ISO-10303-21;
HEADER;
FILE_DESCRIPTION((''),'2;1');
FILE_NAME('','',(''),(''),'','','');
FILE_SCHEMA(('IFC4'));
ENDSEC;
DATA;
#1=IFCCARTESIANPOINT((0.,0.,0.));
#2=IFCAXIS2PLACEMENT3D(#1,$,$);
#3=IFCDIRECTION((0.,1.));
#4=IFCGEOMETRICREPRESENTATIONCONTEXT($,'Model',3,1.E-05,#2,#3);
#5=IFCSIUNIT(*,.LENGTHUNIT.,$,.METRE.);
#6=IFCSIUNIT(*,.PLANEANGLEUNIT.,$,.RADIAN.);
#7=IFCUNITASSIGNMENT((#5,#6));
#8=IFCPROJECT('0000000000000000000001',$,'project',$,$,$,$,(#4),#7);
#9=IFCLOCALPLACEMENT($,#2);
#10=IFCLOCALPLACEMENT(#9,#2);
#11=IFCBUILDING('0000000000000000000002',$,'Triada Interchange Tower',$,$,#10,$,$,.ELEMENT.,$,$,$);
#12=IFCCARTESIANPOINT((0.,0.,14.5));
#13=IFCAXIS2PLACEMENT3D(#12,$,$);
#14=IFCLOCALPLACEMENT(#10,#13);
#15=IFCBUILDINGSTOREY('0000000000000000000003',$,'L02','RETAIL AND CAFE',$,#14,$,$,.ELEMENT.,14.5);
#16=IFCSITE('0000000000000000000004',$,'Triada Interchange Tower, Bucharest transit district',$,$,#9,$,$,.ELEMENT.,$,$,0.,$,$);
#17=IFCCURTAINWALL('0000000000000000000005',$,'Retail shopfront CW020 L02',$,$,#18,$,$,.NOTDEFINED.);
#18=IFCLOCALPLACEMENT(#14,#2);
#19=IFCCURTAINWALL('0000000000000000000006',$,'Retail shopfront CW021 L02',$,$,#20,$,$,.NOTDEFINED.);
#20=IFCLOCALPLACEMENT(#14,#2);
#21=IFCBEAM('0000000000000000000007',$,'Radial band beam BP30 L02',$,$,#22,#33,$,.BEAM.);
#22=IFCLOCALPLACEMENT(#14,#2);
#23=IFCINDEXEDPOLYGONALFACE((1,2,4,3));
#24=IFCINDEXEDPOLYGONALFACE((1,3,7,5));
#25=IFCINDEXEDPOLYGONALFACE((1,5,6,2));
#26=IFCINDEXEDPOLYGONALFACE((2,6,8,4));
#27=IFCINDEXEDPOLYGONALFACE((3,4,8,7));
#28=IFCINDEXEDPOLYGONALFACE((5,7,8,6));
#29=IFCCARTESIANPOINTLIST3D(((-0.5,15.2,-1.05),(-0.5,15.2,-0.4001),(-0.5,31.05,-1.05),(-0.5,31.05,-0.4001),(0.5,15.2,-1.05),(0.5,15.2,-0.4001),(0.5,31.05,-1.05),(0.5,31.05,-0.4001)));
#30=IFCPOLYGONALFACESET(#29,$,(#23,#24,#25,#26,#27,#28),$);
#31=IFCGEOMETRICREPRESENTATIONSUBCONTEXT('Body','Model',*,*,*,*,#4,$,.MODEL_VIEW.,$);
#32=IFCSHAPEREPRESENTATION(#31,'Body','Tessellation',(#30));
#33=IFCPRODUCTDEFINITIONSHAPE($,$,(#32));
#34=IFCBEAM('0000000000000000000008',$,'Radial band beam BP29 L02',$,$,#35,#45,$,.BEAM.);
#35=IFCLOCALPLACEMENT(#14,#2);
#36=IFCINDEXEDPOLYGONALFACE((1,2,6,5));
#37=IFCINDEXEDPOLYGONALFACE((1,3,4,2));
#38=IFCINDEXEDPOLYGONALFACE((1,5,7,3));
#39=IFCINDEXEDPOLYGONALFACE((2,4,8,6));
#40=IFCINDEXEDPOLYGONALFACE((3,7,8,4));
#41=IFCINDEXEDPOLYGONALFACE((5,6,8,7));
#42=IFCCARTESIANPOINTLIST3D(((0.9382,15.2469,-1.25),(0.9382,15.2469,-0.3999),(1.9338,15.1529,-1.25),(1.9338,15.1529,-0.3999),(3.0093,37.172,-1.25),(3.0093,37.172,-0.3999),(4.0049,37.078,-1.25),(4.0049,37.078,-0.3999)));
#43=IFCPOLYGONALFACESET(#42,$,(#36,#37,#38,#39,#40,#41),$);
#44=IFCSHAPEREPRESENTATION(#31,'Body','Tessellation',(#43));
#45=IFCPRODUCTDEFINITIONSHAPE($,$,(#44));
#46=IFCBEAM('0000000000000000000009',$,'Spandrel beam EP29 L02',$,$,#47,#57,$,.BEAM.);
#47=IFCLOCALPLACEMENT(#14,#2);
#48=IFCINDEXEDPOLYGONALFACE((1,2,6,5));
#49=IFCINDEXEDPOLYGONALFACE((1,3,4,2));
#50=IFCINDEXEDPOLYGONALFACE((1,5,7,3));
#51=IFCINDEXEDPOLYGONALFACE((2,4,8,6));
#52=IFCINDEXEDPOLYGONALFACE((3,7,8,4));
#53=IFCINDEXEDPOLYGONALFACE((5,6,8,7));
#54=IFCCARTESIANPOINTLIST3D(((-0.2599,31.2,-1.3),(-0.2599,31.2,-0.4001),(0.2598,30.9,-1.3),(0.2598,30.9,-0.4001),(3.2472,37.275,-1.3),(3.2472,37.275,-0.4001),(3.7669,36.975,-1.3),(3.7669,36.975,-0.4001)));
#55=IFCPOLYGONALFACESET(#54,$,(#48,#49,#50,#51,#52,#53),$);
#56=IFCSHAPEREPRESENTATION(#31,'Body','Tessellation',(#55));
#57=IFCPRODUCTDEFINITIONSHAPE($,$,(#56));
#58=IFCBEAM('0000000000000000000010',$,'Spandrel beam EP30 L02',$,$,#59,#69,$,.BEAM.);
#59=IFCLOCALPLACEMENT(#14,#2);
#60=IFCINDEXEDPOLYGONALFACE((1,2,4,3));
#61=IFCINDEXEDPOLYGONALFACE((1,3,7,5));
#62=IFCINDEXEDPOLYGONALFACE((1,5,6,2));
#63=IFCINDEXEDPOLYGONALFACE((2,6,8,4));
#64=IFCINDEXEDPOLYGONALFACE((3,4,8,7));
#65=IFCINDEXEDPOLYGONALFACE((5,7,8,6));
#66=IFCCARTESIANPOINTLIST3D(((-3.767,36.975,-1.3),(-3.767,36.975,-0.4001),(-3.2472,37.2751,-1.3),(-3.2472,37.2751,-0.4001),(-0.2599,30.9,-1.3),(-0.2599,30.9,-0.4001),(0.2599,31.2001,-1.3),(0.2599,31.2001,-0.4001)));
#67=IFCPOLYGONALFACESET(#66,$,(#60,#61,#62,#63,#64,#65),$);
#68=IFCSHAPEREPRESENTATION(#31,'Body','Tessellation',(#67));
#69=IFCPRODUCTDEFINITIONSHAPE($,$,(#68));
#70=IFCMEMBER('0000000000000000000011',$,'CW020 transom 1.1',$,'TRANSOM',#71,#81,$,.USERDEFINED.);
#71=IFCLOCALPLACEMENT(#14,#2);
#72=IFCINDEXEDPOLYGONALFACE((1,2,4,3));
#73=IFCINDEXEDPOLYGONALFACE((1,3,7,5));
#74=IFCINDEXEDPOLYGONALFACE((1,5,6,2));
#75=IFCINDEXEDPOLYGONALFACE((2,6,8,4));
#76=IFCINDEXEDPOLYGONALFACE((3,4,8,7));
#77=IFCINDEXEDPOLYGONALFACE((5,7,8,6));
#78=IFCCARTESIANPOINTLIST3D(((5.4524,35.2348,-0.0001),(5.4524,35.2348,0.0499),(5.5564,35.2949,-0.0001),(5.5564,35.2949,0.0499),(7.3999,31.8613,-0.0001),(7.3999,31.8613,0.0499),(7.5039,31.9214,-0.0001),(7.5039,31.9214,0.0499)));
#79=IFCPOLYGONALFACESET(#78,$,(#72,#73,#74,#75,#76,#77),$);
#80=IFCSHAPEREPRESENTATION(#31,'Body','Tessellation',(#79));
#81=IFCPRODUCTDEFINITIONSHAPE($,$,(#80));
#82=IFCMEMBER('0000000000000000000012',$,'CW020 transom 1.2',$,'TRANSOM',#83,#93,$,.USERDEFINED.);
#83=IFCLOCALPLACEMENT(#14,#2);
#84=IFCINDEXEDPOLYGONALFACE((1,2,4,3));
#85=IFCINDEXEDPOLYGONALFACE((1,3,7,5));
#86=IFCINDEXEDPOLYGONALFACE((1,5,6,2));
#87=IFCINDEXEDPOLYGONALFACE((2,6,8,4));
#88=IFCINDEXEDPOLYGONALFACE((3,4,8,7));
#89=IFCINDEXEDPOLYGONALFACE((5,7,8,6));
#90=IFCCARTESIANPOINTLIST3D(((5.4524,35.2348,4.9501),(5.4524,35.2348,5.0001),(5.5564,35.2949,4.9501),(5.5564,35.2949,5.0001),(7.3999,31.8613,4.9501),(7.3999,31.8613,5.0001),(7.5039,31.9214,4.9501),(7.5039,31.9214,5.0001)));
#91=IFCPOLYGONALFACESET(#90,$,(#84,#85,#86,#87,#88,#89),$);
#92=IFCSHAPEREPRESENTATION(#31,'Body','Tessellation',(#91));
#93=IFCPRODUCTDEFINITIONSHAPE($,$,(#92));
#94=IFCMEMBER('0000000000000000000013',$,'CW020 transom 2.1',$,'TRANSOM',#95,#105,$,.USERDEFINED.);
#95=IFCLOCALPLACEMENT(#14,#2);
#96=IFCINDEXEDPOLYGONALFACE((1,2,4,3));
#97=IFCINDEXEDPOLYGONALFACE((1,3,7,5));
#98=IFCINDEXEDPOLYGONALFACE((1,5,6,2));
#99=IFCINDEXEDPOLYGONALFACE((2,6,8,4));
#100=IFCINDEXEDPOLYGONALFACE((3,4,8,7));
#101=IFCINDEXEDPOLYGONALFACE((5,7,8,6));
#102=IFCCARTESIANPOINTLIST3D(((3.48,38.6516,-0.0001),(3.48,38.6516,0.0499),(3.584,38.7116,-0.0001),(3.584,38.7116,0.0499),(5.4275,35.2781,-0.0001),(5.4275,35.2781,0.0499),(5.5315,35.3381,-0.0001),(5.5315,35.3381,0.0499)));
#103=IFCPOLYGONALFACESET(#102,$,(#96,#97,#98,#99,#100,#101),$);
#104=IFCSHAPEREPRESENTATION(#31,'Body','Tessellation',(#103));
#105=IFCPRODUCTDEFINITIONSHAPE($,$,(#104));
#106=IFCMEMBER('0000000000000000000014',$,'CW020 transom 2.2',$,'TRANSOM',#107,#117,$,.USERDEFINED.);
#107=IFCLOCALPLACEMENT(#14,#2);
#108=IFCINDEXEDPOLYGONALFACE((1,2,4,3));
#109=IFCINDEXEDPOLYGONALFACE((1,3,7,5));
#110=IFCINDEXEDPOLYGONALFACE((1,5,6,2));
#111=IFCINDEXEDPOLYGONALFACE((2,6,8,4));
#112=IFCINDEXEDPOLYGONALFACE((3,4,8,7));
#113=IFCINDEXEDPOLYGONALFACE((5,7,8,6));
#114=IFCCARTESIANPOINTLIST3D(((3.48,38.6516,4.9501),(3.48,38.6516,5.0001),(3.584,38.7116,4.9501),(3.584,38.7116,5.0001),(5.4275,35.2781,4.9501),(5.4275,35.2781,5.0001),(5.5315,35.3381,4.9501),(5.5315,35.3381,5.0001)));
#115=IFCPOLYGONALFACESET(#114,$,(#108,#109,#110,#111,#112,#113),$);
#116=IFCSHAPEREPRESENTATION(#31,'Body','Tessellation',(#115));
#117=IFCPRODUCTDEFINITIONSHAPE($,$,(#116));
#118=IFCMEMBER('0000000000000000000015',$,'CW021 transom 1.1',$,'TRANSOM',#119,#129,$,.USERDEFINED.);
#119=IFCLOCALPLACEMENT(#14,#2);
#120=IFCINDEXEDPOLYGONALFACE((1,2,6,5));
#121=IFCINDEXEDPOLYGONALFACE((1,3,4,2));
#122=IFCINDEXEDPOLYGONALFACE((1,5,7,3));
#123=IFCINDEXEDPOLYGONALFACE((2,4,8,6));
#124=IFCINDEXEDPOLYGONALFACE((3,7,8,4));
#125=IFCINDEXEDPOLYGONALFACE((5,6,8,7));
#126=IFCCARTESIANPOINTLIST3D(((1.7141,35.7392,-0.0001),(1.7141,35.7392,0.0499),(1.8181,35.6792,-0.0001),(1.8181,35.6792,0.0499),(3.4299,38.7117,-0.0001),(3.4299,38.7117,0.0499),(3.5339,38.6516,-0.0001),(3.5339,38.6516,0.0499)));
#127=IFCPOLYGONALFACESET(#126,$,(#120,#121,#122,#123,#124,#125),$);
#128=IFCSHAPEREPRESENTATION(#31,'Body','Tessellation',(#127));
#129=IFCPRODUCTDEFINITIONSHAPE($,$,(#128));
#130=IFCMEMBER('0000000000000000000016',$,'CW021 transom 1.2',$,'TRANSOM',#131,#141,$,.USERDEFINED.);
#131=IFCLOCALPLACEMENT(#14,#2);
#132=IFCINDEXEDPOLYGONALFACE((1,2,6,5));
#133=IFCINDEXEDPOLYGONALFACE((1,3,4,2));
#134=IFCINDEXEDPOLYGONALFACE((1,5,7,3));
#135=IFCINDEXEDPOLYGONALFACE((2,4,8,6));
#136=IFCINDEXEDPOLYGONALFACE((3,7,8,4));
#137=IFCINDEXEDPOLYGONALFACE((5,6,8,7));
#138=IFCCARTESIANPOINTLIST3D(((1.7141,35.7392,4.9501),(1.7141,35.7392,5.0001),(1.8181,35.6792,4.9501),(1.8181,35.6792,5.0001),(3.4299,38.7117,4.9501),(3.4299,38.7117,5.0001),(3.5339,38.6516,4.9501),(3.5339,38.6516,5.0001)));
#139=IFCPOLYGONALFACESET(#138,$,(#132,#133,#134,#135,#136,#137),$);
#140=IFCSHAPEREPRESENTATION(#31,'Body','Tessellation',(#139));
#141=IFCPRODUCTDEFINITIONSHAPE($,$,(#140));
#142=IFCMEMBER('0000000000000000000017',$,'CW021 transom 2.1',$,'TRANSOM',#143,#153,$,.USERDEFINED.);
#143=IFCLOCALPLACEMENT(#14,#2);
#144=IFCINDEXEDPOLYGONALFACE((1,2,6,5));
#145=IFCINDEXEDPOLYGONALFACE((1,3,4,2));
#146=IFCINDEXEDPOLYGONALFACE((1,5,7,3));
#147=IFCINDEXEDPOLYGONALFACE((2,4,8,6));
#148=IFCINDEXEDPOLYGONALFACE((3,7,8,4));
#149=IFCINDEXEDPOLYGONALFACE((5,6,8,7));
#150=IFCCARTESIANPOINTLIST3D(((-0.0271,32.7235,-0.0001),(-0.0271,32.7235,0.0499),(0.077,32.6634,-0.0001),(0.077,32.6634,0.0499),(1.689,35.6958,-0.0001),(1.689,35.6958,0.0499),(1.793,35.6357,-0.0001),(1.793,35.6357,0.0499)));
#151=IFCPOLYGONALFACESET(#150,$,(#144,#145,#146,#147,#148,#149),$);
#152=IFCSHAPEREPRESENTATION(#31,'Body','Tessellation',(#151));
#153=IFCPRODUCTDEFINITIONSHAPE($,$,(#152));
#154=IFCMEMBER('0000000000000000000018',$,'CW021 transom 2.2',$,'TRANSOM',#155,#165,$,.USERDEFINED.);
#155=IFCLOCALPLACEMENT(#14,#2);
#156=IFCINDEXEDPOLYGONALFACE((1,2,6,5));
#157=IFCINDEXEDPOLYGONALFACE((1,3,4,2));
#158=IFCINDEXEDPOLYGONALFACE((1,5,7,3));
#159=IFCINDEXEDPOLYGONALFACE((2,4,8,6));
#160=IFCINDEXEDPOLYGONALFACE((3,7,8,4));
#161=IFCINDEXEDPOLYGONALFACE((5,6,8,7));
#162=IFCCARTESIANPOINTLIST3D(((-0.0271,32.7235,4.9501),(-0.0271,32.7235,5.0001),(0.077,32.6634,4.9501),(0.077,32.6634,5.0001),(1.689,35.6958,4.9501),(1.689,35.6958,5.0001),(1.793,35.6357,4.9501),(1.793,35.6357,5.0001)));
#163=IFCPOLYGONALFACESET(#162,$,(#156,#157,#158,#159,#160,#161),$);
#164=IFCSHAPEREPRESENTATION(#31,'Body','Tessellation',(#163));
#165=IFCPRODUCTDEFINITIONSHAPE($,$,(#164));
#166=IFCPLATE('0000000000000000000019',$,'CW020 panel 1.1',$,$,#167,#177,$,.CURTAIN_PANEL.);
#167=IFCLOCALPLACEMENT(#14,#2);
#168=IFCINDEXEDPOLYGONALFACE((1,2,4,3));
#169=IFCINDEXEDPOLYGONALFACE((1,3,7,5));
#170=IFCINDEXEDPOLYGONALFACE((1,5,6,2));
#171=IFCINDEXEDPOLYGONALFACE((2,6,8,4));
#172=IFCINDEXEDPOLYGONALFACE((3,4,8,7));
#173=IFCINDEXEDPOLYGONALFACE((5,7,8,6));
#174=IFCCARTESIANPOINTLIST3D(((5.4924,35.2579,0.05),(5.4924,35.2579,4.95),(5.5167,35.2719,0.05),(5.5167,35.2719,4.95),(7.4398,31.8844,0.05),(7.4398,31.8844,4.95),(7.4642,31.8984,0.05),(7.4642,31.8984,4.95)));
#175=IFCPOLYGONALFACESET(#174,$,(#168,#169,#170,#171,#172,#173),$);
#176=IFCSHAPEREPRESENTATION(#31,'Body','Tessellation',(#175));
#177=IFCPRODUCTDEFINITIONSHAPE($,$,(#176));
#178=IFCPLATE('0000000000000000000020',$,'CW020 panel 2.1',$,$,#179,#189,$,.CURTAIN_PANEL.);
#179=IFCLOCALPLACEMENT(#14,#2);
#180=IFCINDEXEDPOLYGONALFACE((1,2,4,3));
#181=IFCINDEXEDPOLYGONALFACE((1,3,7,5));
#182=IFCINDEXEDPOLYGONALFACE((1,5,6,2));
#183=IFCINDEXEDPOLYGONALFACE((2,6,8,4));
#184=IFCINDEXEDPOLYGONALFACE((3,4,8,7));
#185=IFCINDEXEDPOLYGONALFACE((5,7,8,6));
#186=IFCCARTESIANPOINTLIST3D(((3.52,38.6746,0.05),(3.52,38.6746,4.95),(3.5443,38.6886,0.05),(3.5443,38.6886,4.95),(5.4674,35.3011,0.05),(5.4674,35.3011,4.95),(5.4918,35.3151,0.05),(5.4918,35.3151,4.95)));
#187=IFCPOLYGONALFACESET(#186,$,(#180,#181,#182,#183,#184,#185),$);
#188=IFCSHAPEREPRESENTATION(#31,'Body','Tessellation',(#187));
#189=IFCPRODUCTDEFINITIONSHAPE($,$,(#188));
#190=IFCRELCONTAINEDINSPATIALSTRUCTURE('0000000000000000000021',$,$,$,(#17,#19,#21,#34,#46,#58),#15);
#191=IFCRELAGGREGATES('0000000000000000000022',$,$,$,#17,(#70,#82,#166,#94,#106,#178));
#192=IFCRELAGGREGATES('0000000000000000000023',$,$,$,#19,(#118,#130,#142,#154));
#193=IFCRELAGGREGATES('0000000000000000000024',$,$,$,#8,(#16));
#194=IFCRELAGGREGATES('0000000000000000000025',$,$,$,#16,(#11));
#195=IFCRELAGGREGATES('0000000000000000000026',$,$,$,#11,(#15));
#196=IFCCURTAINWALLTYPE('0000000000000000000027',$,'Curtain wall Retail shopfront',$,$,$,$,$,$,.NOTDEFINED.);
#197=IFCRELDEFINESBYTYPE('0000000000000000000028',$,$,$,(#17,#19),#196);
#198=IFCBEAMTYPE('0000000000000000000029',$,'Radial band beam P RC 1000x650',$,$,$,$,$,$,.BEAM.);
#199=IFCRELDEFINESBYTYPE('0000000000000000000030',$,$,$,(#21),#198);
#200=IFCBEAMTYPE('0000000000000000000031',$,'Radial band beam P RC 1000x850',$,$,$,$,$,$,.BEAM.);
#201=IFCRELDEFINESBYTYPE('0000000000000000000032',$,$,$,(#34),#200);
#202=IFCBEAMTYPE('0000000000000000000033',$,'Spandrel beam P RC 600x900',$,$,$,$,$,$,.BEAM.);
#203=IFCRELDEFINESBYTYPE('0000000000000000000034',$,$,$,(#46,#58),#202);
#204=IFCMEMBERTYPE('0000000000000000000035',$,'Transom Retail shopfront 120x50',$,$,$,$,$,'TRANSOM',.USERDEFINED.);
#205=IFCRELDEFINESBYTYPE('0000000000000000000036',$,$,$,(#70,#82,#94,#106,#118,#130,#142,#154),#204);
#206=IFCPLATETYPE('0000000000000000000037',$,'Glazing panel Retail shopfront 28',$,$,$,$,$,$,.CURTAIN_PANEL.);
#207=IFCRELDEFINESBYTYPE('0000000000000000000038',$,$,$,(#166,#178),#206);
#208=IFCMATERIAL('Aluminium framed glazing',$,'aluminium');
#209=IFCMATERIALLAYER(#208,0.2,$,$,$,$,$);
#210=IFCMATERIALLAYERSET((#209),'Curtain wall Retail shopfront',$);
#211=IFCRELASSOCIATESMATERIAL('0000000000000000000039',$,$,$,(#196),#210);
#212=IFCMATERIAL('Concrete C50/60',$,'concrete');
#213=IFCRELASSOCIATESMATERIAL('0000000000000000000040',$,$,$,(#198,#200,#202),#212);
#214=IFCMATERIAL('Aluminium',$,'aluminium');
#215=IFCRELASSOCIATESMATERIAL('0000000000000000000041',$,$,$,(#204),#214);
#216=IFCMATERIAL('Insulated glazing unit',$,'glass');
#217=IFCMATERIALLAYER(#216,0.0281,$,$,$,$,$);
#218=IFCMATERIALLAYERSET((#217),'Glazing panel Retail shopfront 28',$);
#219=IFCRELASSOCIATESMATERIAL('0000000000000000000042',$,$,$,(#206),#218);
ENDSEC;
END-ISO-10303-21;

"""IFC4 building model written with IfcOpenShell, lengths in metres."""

from ifc_helpers import new_model, si_unit, direction, frame, origin, origin_2d, place, context, subcontext, project, spatial, rectangle, extrude, material, layer, layer_set, material_profile, profile_set, type_object, element, aggregate, save


model = new_model("IFC4")

# Units and contexts
model_context = context("Model", 3, precision=1e-05, world=origin(), true_north=direction((0.0, 1.0)))
body_context = subcontext(model_context, "Body", "Model", "MODEL_VIEW")
ifc_project = project(units=[si_unit("LENGTHUNIT", "METRE"), si_unit("PLANEANGLEUNIT", "RADIAN")], contexts=[model_context])

# Site, building, storey
site_placement = place(None, origin())
site = spatial("IfcSite", under=ifc_project, at=site_placement, Name="Triada Interchange Tower, Bucharest transit district", CompositionType="ELEMENT", RefElevation=0.0)
building_placement = place(site_placement, origin())
building = spatial("IfcBuilding", under=site, at=building_placement, Name="Triada Interchange Tower", CompositionType="ELEMENT")
storey_placement = place(building_placement, frame((0.0, 0.0, 14.5)))
storey = spatial("IfcBuildingStorey", under=building, at=storey_placement, Name="L02", Description="RETAIL AND CAFE", CompositionType="ELEMENT", Elevation=14.5)

# Shared definitions
ifc_material_1 = material(Name="Aluminium framed glazing", Category="aluminium")
ifc_layer_1 = layer(ifc_material_1, 0.2)
ifc_layer_set_1 = layer_set([ifc_layer_1], Name="Curtain wall Retail shopfront")
curtain_wall_type = type_object("IfcCurtainWallType", Name="Curtain wall Retail shopfront", PredefinedType="NOTDEFINED", material=ifc_layer_set_1)
ifc_material_2 = material(Name="Aluminium", Category="aluminium")

# Curtain walls
curtain_wall_1_placement = place(storey_placement, origin())
curtain_wall_1 = element("IfcCurtainWall", 1, at=curtain_wall_1_placement, inside=storey, type_object=curtain_wall_type, Name="Retail shopfront CW020 L02", PredefinedType="NOTDEFINED")
curtain_wall_2_placement = place(storey_placement, origin())
curtain_wall_2 = element("IfcCurtainWall", 2, at=curtain_wall_2_placement, inside=storey, type_object=curtain_wall_type, Name="Retail shopfront CW021 L02", PredefinedType="NOTDEFINED")

# Beams
ifc_material_3 = material(Name="Concrete C50/60", Category="concrete")
ifc_material_profile_1 = material_profile(ifc_material_3, rectangle(XDim=1.0, YDim=0.6499, at=origin_2d()), Name="RC 1000x650")
ifc_profile_set_1 = profile_set([ifc_material_profile_1], Name="Concrete C50/60")
beam_type_1 = type_object("IfcBeamType", Name="Radial band beam P RC 1000x650", PredefinedType="BEAM", material=ifc_profile_set_1)
beam_1_placement = place(storey_placement, frame((0.0, 31.05, -0.7251), z_axis=(0.0, -1.0, 0.0), x_axis=(1.0, 0.0, 0.0)))
element("IfcBeam", 3, at=beam_1_placement, inside=storey, type_object=beam_type_1, Name="Radial band beam BP30 L02", PredefinedType="BEAM", context=body_context, shape_type="SweptSolid", body=[
    extrude(rectangle(XDim=1.0, YDim=0.6499, at=origin_2d()), origin(), (0.0, 0.0, 1.0), 15.8501),
])
ifc_material_profile_2 = material_profile(ifc_material_3, rectangle(XDim=1.0, YDim=0.8501, at=origin_2d()), Name="RC 1000x850")
ifc_profile_set_2 = profile_set([ifc_material_profile_2], Name="Concrete C50/60")
beam_type_2 = type_object("IfcBeamType", Name="Radial band beam P RC 1000x850", PredefinedType="BEAM", material=ifc_profile_set_2)
beam_2_placement = place(storey_placement, frame((3.5071, 37.125, -0.825), z_axis=(-0.094042, -0.995568, 0.0), x_axis=(0.995568, -0.094042, 0.0)))
element("IfcBeam", 4, at=beam_2_placement, inside=storey, type_object=beam_type_2, Name="Radial band beam BP29 L02", PredefinedType="BEAM", context=body_context, shape_type="SweptSolid", body=[
    extrude(rectangle(XDim=1.0, YDim=0.8501, at=origin_2d()), origin(), (0.0, 0.0, 1.0), 22.0227),
])
ifc_material_profile_3 = material_profile(ifc_material_3, rectangle(XDim=0.6001, YDim=0.8999, at=origin_2d()), Name="RC 600x900")
ifc_profile_set_3 = profile_set([ifc_material_profile_3], Name="Concrete C50/60")
beam_type_3 = type_object("IfcBeamType", Name="Spandrel beam P RC 600x900", PredefinedType="BEAM", material=ifc_profile_set_3)
for number, where, z_axis, x_axis, name in (
    (5, (3.5071, 37.125, -0.8501), (-0.499968, -0.866044, 0.0), (0.866044, -0.499968, 0.0), "Spandrel beam EP29 L02"),
    (6, (0.0, 31.05, -0.8501), (-0.499968, 0.866044, 0.0), (-0.866044, -0.499968, 0.0), "Spandrel beam EP30 L02"),
):
    element("IfcBeam", number, at=place(storey_placement, frame(where, z_axis=z_axis, x_axis=x_axis)), inside=storey, type_object=beam_type_3, Name=name, PredefinedType="BEAM", context=body_context, shape_type="SweptSolid", body=[
        extrude(rectangle(XDim=0.6001, YDim=0.8999, at=origin_2d()), origin(), (0.0, 0.0, 1.0), 7.0146),
    ])

# Members
ifc_material_profile_4 = material_profile(ifc_material_2, rectangle(XDim=0.1201, YDim=0.05, at=origin_2d()), Name="Aluminium transom")
ifc_profile_set_4 = profile_set([ifc_material_profile_4], Name="Aluminium")
member_type_1 = type_object("IfcMemberType", Name="Transom Retail shopfront 120x50", ElementType="TRANSOM", PredefinedType="USERDEFINED", material=ifc_profile_set_4)
member_1_placement = place(storey_placement, frame((7.4519, 31.8914, 0.0249), z_axis=(-0.499961, 0.866048, 0.0), x_axis=(-0.866048, -0.499961, 0.0)))
member_1 = element("IfcMember", 7, at=member_1_placement, type_object=member_type_1, Name="CW020 transom 1.1", ObjectType="TRANSOM", PredefinedType="USERDEFINED", context=body_context, shape_type="SweptSolid", body=[
    extrude(rectangle(XDim=0.1201, YDim=0.05, at=origin_2d()), origin(), (0.0, 0.0, 1.0), 3.8953),
])
member_2_placement = place(storey_placement, frame((7.4519, 31.8914, 4.9751), z_axis=(-0.499961, 0.866048, 0.0), x_axis=(-0.866048, -0.499961, 0.0)))
member_2 = element("IfcMember", 8, at=member_2_placement, type_object=member_type_1, Name="CW020 transom 1.2", ObjectType="TRANSOM", PredefinedType="USERDEFINED", context=body_context, shape_type="SweptSolid", body=[
    extrude(rectangle(XDim=0.1201, YDim=0.05, at=origin_2d()), origin(), (0.0, 0.0, 1.0), 3.8953),
])
member_3_placement = place(storey_placement, frame((5.4795, 35.3081, 0.0249), z_axis=(-0.499961, 0.866048, 0.0), x_axis=(-0.866048, -0.499961, 0.0)))
member_3 = element("IfcMember", 9, at=member_3_placement, type_object=member_type_1, Name="CW020 transom 2.1", ObjectType="TRANSOM", PredefinedType="USERDEFINED", context=body_context, shape_type="SweptSolid", body=[
    extrude(rectangle(XDim=0.1201, YDim=0.05, at=origin_2d()), origin(), (0.0, 0.0, 1.0), 3.8953),
])
member_4_placement = place(storey_placement, frame((5.4795, 35.3081, 4.9751), z_axis=(-0.499961, 0.866048, 0.0), x_axis=(-0.866048, -0.499961, 0.0)))
member_4 = element("IfcMember", 10, at=member_4_placement, type_object=member_type_1, Name="CW020 transom 2.2", ObjectType="TRANSOM", PredefinedType="USERDEFINED", context=body_context, shape_type="SweptSolid", body=[
    extrude(rectangle(XDim=0.1201, YDim=0.05, at=origin_2d()), origin(), (0.0, 0.0, 1.0), 3.8953),
])
member_5_placement = place(storey_placement, frame((3.4819, 38.6816, 0.0249), z_axis=(-0.499934, -0.866064, 0.0), x_axis=(0.866064, -0.499934, 0.0)))
member_5 = element("IfcMember", 11, at=member_5_placement, type_object=member_type_1, Name="CW021 transom 1.1", ObjectType="TRANSOM", PredefinedType="USERDEFINED", context=body_context, shape_type="SweptSolid", body=[
    extrude(rectangle(XDim=0.1201, YDim=0.05, at=origin_2d()), origin(), (0.0, 0.0, 1.0), 3.4321),
])
member_6_placement = place(storey_placement, frame((3.4819, 38.6816, 4.9751), z_axis=(-0.499934, -0.866064, 0.0), x_axis=(0.866064, -0.499934, 0.0)))
member_6 = element("IfcMember", 12, at=member_6_placement, type_object=member_type_1, Name="CW021 transom 1.2", ObjectType="TRANSOM", PredefinedType="USERDEFINED", context=body_context, shape_type="SweptSolid", body=[
    extrude(rectangle(XDim=0.1201, YDim=0.05, at=origin_2d()), origin(), (0.0, 0.0, 1.0), 3.4321),
])
member_7_placement = place(storey_placement, frame((1.741, 35.6658, 0.0249), z_axis=(-0.499987, -0.866033, 0.0), x_axis=(0.866033, -0.499987, 0.0)))
member_7 = element("IfcMember", 13, at=member_7_placement, type_object=member_type_1, Name="CW021 transom 2.1", ObjectType="TRANSOM", PredefinedType="USERDEFINED", context=body_context, shape_type="SweptSolid", body=[
    extrude(rectangle(XDim=0.1201, YDim=0.05, at=origin_2d()), origin(), (0.0, 0.0, 1.0), 3.4321),
])
member_8_placement = place(storey_placement, frame((1.741, 35.6658, 4.9751), z_axis=(-0.499987, -0.866033, 0.0), x_axis=(0.866033, -0.499987, 0.0)))
member_8 = element("IfcMember", 14, at=member_8_placement, type_object=member_type_1, Name="CW021 transom 2.2", ObjectType="TRANSOM", PredefinedType="USERDEFINED", context=body_context, shape_type="SweptSolid", body=[
    extrude(rectangle(XDim=0.1201, YDim=0.05, at=origin_2d()), origin(), (0.0, 0.0, 1.0), 3.4321),
])

# Plates
ifc_material_4 = material(Name="Insulated glazing unit", Category="glass")
ifc_layer_2 = layer(ifc_material_4, 0.0281)
ifc_layer_set_2 = layer_set([ifc_layer_2], Name="Glazing panel Retail shopfront 28")
plate_type = type_object("IfcPlateType", Name="Glazing panel Retail shopfront 28", PredefinedType="CURTAIN_PANEL", material=ifc_layer_set_2)
plate_1_placement = place(storey_placement, frame((6.4783, 33.5781, 0.05), z_axis=(0.0, 0.0, 1.0), x_axis=(-0.499959, 0.866049, 0.0)))
plate_1 = element("IfcPlate", 15, at=plate_1_placement, type_object=plate_type, Name="CW020 panel 1.1", PredefinedType="CURTAIN_PANEL", context=body_context, shape_type="SweptSolid", body=[
    extrude(rectangle(XDim=3.8953, YDim=0.0281, at=origin_2d()), origin(), (0.0, 0.0, 1.0), 4.8999),
])
plate_2_placement = place(storey_placement, frame((4.5059, 36.9949, 0.05), z_axis=(0.0, 0.0, 1.0), x_axis=(-0.499959, 0.866049, 0.0)))
plate_2 = element("IfcPlate", 16, at=plate_2_placement, type_object=plate_type, Name="CW020 panel 2.1", PredefinedType="CURTAIN_PANEL", context=body_context, shape_type="SweptSolid", body=[
    extrude(rectangle(XDim=3.8953, YDim=0.0281, at=origin_2d()), origin(), (0.0, 0.0, 1.0), 4.8999),
])
aggregate(curtain_wall_1, [member_1, member_2, plate_1, member_3, member_4, plate_2])
aggregate(curtain_wall_2, [member_5, member_6, member_7, member_8])

save(model, "model.ifc")
